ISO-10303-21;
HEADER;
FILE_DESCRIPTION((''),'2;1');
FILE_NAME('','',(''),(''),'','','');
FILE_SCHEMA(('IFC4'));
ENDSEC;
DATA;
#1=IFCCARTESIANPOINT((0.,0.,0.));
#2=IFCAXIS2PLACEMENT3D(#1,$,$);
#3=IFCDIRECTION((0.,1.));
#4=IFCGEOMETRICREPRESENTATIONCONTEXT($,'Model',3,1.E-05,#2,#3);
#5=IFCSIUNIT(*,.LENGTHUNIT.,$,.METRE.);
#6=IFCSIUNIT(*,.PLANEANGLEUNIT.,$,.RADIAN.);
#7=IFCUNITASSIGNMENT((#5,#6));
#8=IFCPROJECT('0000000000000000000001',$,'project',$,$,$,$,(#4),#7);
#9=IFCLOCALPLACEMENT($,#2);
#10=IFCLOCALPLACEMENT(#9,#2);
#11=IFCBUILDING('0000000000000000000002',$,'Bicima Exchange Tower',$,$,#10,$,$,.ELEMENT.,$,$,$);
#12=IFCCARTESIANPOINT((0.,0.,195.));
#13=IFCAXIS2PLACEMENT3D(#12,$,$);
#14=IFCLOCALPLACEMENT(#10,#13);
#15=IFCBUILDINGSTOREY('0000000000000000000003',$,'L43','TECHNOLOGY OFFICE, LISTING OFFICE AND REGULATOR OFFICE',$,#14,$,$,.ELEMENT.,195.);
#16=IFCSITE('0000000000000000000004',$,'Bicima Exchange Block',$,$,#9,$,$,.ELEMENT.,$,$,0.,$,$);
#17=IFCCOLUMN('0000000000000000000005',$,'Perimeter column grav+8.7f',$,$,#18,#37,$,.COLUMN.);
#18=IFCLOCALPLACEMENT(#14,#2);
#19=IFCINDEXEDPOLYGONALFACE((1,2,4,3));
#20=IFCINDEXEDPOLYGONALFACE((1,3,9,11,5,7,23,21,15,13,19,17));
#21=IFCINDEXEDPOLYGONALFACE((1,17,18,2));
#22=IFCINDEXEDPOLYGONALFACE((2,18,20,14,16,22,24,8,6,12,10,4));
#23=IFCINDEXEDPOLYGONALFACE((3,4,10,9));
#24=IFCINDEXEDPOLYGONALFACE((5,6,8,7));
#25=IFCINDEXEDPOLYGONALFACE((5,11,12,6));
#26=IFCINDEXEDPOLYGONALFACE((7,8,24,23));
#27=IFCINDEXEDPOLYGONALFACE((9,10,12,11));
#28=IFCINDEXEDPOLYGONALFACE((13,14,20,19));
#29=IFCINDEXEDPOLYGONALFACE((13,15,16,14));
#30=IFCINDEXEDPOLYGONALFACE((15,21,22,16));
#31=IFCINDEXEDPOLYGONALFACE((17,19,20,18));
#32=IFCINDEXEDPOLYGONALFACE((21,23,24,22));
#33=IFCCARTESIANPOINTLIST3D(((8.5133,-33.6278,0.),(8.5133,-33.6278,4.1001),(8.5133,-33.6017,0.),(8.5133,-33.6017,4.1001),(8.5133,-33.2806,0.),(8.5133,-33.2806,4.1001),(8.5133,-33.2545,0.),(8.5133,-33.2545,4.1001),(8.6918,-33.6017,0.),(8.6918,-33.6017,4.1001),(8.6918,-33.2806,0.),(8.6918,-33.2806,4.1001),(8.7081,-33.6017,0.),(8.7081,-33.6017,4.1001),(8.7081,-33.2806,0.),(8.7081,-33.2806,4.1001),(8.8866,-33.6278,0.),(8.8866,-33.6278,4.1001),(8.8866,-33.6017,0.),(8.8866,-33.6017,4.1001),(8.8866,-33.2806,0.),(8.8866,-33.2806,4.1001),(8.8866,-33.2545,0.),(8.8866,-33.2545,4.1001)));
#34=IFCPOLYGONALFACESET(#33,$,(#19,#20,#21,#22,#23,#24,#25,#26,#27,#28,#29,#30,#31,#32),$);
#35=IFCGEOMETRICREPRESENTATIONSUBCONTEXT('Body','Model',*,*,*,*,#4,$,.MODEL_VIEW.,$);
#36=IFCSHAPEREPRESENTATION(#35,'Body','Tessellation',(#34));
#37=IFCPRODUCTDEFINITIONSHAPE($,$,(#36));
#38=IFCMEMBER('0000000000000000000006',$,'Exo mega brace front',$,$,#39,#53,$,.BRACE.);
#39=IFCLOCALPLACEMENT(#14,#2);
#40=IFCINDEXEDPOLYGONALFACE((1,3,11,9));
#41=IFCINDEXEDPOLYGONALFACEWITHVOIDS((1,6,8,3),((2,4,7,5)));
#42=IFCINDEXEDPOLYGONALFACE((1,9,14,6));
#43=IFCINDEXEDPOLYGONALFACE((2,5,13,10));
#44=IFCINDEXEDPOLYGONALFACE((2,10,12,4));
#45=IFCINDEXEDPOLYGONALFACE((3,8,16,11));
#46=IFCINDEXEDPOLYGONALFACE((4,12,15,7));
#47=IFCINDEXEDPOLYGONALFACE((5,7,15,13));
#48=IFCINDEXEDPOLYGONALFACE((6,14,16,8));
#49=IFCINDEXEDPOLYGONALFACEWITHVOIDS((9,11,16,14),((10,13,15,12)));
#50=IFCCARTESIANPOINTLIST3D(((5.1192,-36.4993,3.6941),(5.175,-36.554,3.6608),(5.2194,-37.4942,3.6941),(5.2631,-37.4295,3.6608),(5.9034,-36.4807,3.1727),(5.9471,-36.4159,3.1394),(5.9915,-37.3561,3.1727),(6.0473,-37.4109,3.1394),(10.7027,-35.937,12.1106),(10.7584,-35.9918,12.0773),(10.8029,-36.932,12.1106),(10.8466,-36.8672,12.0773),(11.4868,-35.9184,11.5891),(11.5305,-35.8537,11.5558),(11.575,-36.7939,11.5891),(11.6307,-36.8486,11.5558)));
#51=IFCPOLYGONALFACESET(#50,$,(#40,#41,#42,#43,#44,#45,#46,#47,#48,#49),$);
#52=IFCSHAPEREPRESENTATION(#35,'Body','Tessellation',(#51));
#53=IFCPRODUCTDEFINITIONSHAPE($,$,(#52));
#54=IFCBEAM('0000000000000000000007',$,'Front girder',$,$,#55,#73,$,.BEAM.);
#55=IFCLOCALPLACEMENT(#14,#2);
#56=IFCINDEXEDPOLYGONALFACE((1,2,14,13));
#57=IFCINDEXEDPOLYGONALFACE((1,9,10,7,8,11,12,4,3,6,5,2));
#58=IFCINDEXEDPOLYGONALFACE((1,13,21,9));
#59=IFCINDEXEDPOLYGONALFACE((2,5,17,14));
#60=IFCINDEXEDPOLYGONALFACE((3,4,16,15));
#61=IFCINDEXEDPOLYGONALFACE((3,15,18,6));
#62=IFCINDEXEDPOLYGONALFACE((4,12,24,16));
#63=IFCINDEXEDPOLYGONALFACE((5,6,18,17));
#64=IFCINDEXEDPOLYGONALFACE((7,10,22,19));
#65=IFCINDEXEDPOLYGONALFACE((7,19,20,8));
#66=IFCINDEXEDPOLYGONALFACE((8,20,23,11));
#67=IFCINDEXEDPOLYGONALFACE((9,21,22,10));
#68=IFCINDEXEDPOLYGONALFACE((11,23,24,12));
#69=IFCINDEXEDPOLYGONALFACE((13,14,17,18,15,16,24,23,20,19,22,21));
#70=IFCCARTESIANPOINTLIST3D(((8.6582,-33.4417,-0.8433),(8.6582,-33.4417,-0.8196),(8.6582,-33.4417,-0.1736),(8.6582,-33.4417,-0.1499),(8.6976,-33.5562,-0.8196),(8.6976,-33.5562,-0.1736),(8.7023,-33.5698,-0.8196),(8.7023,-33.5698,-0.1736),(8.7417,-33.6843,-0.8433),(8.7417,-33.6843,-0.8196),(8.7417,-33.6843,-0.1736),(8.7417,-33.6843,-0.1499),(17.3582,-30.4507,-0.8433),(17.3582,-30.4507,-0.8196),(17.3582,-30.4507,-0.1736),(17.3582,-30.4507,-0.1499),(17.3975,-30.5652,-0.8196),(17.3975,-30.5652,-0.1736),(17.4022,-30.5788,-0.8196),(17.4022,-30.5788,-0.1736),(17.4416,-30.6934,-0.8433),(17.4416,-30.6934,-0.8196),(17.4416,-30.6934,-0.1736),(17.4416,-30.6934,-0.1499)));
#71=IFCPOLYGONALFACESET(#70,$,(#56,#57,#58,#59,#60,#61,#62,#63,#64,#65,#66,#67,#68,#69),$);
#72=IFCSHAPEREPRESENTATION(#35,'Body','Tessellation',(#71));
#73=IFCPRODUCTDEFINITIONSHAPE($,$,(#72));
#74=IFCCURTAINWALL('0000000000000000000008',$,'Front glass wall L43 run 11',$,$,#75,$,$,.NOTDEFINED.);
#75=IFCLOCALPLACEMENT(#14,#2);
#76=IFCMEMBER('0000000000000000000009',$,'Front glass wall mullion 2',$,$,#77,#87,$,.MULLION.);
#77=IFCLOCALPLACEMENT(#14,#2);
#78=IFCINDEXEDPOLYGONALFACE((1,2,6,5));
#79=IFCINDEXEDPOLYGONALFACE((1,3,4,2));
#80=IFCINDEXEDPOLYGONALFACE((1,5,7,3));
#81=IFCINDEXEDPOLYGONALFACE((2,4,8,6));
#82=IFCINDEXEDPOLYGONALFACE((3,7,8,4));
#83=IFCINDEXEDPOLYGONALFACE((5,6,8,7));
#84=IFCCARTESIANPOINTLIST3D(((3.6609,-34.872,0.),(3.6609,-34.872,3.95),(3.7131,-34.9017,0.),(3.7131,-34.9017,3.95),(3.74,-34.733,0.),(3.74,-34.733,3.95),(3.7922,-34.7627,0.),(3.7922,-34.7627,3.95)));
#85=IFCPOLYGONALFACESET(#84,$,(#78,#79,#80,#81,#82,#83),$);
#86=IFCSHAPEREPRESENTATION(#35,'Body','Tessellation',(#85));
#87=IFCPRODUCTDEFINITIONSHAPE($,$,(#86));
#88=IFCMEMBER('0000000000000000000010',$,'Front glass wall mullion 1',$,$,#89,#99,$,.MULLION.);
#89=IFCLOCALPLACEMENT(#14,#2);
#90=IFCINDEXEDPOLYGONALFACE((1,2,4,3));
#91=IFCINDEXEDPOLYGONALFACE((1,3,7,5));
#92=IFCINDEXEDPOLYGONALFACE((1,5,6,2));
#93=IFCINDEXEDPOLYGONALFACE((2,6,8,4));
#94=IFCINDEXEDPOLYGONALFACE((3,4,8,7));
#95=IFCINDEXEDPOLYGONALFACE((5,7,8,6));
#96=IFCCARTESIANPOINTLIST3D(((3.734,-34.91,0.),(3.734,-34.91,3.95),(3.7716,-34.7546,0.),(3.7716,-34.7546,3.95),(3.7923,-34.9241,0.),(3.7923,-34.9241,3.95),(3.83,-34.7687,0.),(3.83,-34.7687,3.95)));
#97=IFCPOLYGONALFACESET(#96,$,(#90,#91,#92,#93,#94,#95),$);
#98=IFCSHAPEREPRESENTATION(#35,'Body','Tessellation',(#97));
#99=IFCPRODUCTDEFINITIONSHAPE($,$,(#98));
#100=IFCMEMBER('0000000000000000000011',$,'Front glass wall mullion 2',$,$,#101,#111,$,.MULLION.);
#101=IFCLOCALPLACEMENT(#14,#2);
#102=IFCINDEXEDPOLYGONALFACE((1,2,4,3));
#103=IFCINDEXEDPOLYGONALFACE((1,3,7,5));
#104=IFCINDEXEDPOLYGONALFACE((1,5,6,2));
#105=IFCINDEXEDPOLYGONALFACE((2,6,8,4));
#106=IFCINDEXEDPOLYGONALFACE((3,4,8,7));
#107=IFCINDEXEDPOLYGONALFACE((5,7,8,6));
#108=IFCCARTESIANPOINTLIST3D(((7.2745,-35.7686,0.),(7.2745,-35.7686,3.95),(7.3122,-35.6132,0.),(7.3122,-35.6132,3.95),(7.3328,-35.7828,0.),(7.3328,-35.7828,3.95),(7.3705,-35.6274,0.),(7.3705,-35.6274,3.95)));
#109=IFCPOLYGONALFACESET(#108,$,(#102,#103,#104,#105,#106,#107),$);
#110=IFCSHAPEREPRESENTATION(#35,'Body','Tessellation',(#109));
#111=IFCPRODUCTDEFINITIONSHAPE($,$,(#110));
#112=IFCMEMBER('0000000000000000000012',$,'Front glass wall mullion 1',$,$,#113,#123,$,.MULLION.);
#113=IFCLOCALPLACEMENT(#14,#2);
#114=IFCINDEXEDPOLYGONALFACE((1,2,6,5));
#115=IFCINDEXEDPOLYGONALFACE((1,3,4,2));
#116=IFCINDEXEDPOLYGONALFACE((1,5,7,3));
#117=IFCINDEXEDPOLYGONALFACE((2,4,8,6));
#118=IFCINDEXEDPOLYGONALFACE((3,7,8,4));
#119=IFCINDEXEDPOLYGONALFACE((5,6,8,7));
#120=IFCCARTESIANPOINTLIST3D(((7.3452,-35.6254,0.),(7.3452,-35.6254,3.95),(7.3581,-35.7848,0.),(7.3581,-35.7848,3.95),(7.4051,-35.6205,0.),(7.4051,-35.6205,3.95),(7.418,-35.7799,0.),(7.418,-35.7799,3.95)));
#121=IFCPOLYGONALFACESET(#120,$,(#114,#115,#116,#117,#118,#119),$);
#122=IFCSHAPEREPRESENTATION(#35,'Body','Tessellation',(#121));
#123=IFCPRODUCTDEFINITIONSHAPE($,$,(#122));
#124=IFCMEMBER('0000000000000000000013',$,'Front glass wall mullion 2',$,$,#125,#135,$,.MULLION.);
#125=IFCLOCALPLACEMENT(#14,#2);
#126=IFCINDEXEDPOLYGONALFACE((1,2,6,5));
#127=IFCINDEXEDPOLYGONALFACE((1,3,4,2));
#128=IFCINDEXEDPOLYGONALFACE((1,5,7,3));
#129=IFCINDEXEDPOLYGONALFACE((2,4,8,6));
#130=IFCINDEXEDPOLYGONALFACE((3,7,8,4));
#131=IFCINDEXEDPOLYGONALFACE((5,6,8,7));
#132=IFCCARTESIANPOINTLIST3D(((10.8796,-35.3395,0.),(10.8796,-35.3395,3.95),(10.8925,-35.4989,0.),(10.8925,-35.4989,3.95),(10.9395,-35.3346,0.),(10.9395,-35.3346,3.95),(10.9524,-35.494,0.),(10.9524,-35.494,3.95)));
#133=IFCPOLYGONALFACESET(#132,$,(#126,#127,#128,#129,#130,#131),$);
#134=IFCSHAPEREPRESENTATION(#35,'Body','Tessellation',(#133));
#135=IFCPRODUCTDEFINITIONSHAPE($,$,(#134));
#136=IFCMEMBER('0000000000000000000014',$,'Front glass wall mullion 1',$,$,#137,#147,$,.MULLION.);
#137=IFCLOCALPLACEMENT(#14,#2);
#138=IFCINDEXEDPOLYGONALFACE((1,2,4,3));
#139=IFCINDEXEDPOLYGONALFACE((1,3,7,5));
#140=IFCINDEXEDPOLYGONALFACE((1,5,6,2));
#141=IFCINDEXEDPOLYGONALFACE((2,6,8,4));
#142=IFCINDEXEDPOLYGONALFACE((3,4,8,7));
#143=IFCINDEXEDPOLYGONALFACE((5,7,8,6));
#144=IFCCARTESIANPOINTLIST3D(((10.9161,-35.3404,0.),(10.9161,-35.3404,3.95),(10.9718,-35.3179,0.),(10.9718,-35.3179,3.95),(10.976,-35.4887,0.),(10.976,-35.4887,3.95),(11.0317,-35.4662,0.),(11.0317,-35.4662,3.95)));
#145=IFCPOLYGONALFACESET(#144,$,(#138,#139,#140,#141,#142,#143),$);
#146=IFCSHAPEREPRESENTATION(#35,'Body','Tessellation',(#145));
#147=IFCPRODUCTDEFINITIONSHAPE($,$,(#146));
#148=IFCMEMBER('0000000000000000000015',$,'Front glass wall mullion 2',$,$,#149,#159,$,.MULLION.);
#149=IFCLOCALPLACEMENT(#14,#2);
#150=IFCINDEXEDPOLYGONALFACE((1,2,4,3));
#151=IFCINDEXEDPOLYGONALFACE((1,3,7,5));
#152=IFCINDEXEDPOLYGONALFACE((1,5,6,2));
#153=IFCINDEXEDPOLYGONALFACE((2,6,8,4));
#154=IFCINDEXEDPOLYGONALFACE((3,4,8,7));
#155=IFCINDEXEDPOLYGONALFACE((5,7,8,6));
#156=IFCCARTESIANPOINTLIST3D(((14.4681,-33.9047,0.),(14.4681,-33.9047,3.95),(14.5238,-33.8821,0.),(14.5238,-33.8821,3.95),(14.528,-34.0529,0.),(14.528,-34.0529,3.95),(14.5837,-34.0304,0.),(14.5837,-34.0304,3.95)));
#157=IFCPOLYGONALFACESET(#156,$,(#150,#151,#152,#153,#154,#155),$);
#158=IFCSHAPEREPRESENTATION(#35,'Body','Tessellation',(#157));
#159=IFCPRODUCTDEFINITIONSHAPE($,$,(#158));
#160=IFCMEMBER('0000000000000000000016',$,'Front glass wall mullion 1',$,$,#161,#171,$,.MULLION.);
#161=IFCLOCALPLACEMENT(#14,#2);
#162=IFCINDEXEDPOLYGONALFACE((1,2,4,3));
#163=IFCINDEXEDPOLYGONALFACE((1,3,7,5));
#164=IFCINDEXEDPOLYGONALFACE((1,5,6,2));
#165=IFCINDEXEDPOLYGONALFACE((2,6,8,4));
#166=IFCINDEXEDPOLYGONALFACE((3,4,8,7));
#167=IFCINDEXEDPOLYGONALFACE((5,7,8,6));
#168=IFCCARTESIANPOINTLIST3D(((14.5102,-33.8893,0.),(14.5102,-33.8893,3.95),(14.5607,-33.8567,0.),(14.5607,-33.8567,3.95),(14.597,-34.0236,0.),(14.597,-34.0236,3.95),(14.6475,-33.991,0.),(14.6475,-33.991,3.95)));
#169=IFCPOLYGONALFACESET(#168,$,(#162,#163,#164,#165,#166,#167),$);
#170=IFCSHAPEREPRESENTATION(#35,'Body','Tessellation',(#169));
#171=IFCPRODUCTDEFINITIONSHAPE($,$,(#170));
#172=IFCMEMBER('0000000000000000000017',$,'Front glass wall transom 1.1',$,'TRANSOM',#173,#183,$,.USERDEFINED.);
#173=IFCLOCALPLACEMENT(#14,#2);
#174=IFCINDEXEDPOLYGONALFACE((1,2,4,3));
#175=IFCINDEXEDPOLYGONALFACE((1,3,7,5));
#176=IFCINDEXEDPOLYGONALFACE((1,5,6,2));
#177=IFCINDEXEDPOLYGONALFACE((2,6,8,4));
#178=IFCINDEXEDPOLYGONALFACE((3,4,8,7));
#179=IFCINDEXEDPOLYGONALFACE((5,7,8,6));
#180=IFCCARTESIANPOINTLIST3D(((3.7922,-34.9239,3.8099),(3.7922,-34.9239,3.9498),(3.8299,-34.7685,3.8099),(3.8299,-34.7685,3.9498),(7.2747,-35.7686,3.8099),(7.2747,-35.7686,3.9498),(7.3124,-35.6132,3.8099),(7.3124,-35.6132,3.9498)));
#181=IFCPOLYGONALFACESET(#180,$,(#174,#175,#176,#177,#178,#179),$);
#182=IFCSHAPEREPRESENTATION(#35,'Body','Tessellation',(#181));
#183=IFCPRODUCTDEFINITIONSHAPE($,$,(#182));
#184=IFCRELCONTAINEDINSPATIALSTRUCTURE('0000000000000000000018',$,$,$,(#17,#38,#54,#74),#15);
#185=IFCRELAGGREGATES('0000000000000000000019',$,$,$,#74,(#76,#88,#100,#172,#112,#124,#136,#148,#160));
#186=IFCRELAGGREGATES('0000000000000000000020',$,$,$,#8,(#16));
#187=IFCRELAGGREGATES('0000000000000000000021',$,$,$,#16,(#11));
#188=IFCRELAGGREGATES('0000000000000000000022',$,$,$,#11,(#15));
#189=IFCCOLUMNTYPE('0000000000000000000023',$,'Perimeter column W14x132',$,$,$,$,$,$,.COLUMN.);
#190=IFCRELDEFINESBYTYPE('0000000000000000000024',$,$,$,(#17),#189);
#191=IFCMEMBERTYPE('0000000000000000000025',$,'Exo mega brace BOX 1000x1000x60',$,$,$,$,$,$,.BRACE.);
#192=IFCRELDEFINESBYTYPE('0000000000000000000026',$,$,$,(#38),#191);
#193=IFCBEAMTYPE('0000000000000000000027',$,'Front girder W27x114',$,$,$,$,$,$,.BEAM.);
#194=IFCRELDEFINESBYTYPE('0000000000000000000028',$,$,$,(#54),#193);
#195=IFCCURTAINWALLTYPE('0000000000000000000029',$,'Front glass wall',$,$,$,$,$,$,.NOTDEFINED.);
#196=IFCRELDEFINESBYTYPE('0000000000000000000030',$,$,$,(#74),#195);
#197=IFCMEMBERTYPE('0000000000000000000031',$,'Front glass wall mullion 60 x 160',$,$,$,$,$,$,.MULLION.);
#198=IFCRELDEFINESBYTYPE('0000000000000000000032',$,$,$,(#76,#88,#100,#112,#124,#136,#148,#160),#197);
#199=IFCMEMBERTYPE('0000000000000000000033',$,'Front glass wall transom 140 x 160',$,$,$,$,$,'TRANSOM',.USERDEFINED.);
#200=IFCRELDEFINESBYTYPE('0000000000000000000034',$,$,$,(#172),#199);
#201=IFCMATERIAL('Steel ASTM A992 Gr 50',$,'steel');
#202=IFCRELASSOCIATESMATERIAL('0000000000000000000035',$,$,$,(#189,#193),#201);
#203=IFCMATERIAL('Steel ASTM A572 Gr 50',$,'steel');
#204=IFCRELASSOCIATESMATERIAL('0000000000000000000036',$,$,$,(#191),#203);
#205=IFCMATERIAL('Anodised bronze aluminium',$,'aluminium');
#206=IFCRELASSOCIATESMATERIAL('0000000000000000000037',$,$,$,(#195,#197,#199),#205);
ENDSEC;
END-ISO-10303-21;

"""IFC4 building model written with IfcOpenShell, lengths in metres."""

from ifc_helpers import new_model, si_unit, direction, frame, origin, origin_2d, place, context, subcontext, project, spatial, rectangle, hollow_rectangle, i_section, extrude, material, material_profile, profile_set, type_object, element, aggregate, save


model = new_model("IFC4")

# Units and contexts
model_context = context("Model", 3, precision=1e-05, world=origin(), true_north=direction((0.0, 1.0)))
body_context = subcontext(model_context, "Body", "Model", "MODEL_VIEW")
ifc_project = project(units=[si_unit("LENGTHUNIT", "METRE"), si_unit("PLANEANGLEUNIT", "RADIAN")], contexts=[model_context])

# Site, building, storey
site_placement = place(None, origin())
site = spatial("IfcSite", under=ifc_project, at=site_placement, Name="Bicima Exchange Block", CompositionType="ELEMENT", RefElevation=0.0)
building_placement = place(site_placement, origin())
building = spatial("IfcBuilding", under=site, at=building_placement, Name="Bicima Exchange Tower", CompositionType="ELEMENT")
storey_placement = place(building_placement, frame((0.0, 0.0, 195.0)))
storey = spatial("IfcBuildingStorey", under=building, at=storey_placement, Name="L43", Description="TECHNOLOGY OFFICE, LISTING OFFICE AND REGULATOR OFFICE", CompositionType="ELEMENT", Elevation=195.0)

# Column
ifc_material_1 = material(Name="Steel ASTM A992 Gr 50", Category="steel")
ifc_material_profile_1 = material_profile(ifc_material_1, i_section(OverallWidth=0.3733, OverallDepth=0.3733, WebThickness=0.0164, FlangeThickness=0.0261, at=origin_2d()))
ifc_profile_set_1 = profile_set([ifc_material_profile_1], Name="Steel ASTM A992 Gr 50")
column_type = type_object("IfcColumnType", Name="Perimeter column W14x132", PredefinedType="COLUMN", material=ifc_profile_set_1)
column_placement = place(storey_placement, frame((8.7, -33.4412, 0.0), z_axis=(0.0, 0.0, 1.0), x_axis=(1.0, 0.0, 0.0)))
element("IfcColumn", 1, at=column_placement, inside=storey, type_object=column_type, Name="Perimeter column grav+8.7f", PredefinedType="COLUMN", context=body_context, shape_type="SweptSolid", body=[
    extrude(i_section(OverallWidth=0.3733, OverallDepth=0.3733, WebThickness=0.0164, FlangeThickness=0.0261, at=origin_2d()), origin(), (0.0, 0.0, 1.0), 4.1001),
])

# Member
ifc_material_2 = material(Name="Steel ASTM A572 Gr 50", Category="steel")
ifc_material_profile_2 = material_profile(ifc_material_2, hollow_rectangle(XDim=1.0, YDim=1.0, WallThickness=0.0601, at=origin_2d()))
ifc_profile_set_2 = profile_set([ifc_material_profile_2], Name="Steel ASTM A572 Gr 50")
member_type_1 = type_object("IfcMemberType", Name="Exo mega brace BOX 1000x1000x60", PredefinedType="BRACE", material=ifc_profile_set_2)
member_1_placement = place(storey_placement, frame((5.5833, -36.9551, 3.4167), z_axis=(0.551959, 0.055582, 0.832017), x_axis=(-0.100193, 0.994968, 0.0)))
element("IfcMember", 2, at=member_1_placement, inside=storey, type_object=member_type_1, Name="Exo mega brace front", PredefinedType="BRACE", context=body_context, shape_type="SweptSolid", body=[
    extrude(hollow_rectangle(XDim=1.0, YDim=1.0, WallThickness=0.0601, at=origin_2d()), origin(), (0.0, 0.0, 1.0), 10.1157),
])

# Beam
ifc_material_profile_3 = material_profile(ifc_material_1, i_section(OverallWidth=0.2566, OverallDepth=0.6934, WebThickness=0.0144, FlangeThickness=0.0237, at=origin_2d()))
ifc_profile_set_3 = profile_set([ifc_material_profile_3], Name="Steel ASTM A992 Gr 50")
beam_type = type_object("IfcBeamType", Name="Front girder W27x114", PredefinedType="BEAM", material=ifc_profile_set_3)
beam_placement = place(storey_placement, frame((8.7, -33.563, -0.4966), z_axis=(0.945675, 0.325115, 0.0), x_axis=(-0.325115, 0.945675, 0.0)))
element("IfcBeam", 3, at=beam_placement, inside=storey, type_object=beam_type, Name="Front girder", PredefinedType="BEAM", context=body_context, shape_type="SweptSolid", body=[
    extrude(i_section(OverallWidth=0.2566, OverallDepth=0.6934, WebThickness=0.0144, FlangeThickness=0.0237, at=origin_2d()), origin(), (0.0, 0.0, 1.0), 9.1997),
])

# Curtain wall, members
ifc_material_3 = material(Name="Anodised bronze aluminium", Category="aluminium")
curtain_wall_type = type_object("IfcCurtainWallType", Name="Front glass wall", PredefinedType="NOTDEFINED", material=ifc_material_3)
curtain_wall_placement = place(storey_placement, origin())
curtain_wall = element("IfcCurtainWall", 4, at=curtain_wall_placement, inside=storey, type_object=curtain_wall_type, Name="Front glass wall L43 run 11", PredefinedType="NOTDEFINED")
ifc_material_profile_4 = material_profile(ifc_material_3, rectangle(XDim=0.1599, YDim=0.0601, at=origin_2d()))
ifc_profile_set_4 = profile_set([ifc_material_profile_4], Name="Anodised bronze aluminium")
member_type_2 = type_object("IfcMemberType", Name="Front glass wall mullion 60 x 160", PredefinedType="MULLION", material=ifc_profile_set_4)
member_2_placement = place(storey_placement, frame((3.7266, -34.8174, 0.0), z_axis=(0.0, 0.0, 1.0), x_axis=(0.49433, 0.869274, 0.0)))
member_2 = element("IfcMember", 5, at=member_2_placement, type_object=member_type_2, Name="Front glass wall mullion 2", PredefinedType="MULLION", context=body_context, shape_type="SweptSolid", body=[
    extrude(rectangle(XDim=0.1599, YDim=0.0601, at=origin_2d()), origin(), (0.0, 0.0, 1.0), 3.95),
])
member_3_placement = place(storey_placement, frame((3.782, -34.8394, 0.0), z_axis=(0.0, 0.0, 1.0), x_axis=(0.235682, 0.97183, 0.0)))
member_3 = element("IfcMember", 6, at=member_3_placement, type_object=member_type_2, Name="Front glass wall mullion 1", PredefinedType="MULLION", context=body_context, shape_type="SweptSolid", body=[
    extrude(rectangle(XDim=0.1599, YDim=0.0601, at=origin_2d()), origin(), (0.0, 0.0, 1.0), 3.95),
])
member_4_placement = place(storey_placement, frame((7.3225, -35.698, 0.0), z_axis=(0.0, 0.0, 1.0), x_axis=(0.235682, 0.97183, 0.0)))
member_4 = element("IfcMember", 7, at=member_4_placement, type_object=member_type_2, Name="Front glass wall mullion 2", PredefinedType="MULLION", context=body_context, shape_type="SweptSolid", body=[
    extrude(rectangle(XDim=0.1599, YDim=0.0601, at=origin_2d()), origin(), (0.0, 0.0, 1.0), 3.95),
])
member_5_placement = place(storey_placement, frame((7.3816, -35.7026, 0.0), z_axis=(0.0, 0.0, 1.0), x_axis=(-0.080589, 0.996747, 0.0)))
member_5 = element("IfcMember", 8, at=member_5_placement, type_object=member_type_2, Name="Front glass wall mullion 1", PredefinedType="MULLION", context=body_context, shape_type="SweptSolid", body=[
    extrude(rectangle(XDim=0.1599, YDim=0.0601, at=origin_2d()), origin(), (0.0, 0.0, 1.0), 3.95),
])
member_6_placement = place(storey_placement, frame((10.916, -35.4167, 0.0), z_axis=(0.0, 0.0, 1.0), x_axis=(-0.080589, 0.996747, 0.0)))
member_6 = element("IfcMember", 9, at=member_6_placement, type_object=member_type_2, Name="Front glass wall mullion 2", PredefinedType="MULLION", context=body_context, shape_type="SweptSolid", body=[
    extrude(rectangle(XDim=0.1599, YDim=0.0601, at=origin_2d()), origin(), (0.0, 0.0, 1.0), 3.95),
])
member_7_placement = place(storey_placement, frame((10.9739, -35.4033, 0.0), z_axis=(0.0, 0.0, 1.0), x_axis=(-0.374705, 0.927144, 0.0)))
member_7 = element("IfcMember", 10, at=member_7_placement, type_object=member_type_2, Name="Front glass wall mullion 1", PredefinedType="MULLION", context=body_context, shape_type="SweptSolid", body=[
    extrude(rectangle(XDim=0.1599, YDim=0.0601, at=origin_2d()), origin(), (0.0, 0.0, 1.0), 3.95),
])
member_8_placement = place(storey_placement, frame((14.5259, -33.9675, 0.0), z_axis=(0.0, 0.0, 1.0), x_axis=(-0.374705, 0.927144, 0.0)))
member_8 = element("IfcMember", 11, at=member_8_placement, type_object=member_type_2, Name="Front glass wall mullion 2", PredefinedType="MULLION", context=body_context, shape_type="SweptSolid", body=[
    extrude(rectangle(XDim=0.1599, YDim=0.0601, at=origin_2d()), origin(), (0.0, 0.0, 1.0), 3.95),
])
member_9_placement = place(storey_placement, frame((14.5789, -33.9402, 0.0), z_axis=(0.0, 0.0, 1.0), x_axis=(-0.542909, 0.839791, 0.0)))
member_9 = element("IfcMember", 12, at=member_9_placement, type_object=member_type_2, Name="Front glass wall mullion 1", PredefinedType="MULLION", context=body_context, shape_type="SweptSolid", body=[
    extrude(rectangle(XDim=0.1599, YDim=0.0601, at=origin_2d()), origin(), (0.0, 0.0, 1.0), 3.95),
])
ifc_material_profile_5 = material_profile(ifc_material_3, rectangle(XDim=0.1599, YDim=0.1399, at=origin_2d()))
ifc_profile_set_5 = profile_set([ifc_material_profile_5], Name="Anodised bronze aluminium")
member_type_3 = type_object("IfcMemberType", Name="Front glass wall transom 140 x 160", ElementType="TRANSOM", PredefinedType="USERDEFINED", material=ifc_profile_set_5)
member_10_placement = place(storey_placement, frame((3.811, -34.8462, 3.8799), z_axis=(0.971818, -0.235733, 0.0), x_axis=(0.235733, 0.971818, 0.0)))
member_10 = element("IfcMember", 13, at=member_10_placement, type_object=member_type_3, Name="Front glass wall transom 1.1", ObjectType="TRANSOM", PredefinedType="USERDEFINED", context=body_context, shape_type="SweptSolid", body=[
    extrude(rectangle(XDim=0.1599, YDim=0.1399, at=origin_2d()), origin(), (0.0, 0.0, 1.0), 3.5835),
])
aggregate(curtain_wall, [member_2, member_3, member_4, member_10, member_5, member_6, member_7, member_8, member_9])

save(model, "model.ifc")
